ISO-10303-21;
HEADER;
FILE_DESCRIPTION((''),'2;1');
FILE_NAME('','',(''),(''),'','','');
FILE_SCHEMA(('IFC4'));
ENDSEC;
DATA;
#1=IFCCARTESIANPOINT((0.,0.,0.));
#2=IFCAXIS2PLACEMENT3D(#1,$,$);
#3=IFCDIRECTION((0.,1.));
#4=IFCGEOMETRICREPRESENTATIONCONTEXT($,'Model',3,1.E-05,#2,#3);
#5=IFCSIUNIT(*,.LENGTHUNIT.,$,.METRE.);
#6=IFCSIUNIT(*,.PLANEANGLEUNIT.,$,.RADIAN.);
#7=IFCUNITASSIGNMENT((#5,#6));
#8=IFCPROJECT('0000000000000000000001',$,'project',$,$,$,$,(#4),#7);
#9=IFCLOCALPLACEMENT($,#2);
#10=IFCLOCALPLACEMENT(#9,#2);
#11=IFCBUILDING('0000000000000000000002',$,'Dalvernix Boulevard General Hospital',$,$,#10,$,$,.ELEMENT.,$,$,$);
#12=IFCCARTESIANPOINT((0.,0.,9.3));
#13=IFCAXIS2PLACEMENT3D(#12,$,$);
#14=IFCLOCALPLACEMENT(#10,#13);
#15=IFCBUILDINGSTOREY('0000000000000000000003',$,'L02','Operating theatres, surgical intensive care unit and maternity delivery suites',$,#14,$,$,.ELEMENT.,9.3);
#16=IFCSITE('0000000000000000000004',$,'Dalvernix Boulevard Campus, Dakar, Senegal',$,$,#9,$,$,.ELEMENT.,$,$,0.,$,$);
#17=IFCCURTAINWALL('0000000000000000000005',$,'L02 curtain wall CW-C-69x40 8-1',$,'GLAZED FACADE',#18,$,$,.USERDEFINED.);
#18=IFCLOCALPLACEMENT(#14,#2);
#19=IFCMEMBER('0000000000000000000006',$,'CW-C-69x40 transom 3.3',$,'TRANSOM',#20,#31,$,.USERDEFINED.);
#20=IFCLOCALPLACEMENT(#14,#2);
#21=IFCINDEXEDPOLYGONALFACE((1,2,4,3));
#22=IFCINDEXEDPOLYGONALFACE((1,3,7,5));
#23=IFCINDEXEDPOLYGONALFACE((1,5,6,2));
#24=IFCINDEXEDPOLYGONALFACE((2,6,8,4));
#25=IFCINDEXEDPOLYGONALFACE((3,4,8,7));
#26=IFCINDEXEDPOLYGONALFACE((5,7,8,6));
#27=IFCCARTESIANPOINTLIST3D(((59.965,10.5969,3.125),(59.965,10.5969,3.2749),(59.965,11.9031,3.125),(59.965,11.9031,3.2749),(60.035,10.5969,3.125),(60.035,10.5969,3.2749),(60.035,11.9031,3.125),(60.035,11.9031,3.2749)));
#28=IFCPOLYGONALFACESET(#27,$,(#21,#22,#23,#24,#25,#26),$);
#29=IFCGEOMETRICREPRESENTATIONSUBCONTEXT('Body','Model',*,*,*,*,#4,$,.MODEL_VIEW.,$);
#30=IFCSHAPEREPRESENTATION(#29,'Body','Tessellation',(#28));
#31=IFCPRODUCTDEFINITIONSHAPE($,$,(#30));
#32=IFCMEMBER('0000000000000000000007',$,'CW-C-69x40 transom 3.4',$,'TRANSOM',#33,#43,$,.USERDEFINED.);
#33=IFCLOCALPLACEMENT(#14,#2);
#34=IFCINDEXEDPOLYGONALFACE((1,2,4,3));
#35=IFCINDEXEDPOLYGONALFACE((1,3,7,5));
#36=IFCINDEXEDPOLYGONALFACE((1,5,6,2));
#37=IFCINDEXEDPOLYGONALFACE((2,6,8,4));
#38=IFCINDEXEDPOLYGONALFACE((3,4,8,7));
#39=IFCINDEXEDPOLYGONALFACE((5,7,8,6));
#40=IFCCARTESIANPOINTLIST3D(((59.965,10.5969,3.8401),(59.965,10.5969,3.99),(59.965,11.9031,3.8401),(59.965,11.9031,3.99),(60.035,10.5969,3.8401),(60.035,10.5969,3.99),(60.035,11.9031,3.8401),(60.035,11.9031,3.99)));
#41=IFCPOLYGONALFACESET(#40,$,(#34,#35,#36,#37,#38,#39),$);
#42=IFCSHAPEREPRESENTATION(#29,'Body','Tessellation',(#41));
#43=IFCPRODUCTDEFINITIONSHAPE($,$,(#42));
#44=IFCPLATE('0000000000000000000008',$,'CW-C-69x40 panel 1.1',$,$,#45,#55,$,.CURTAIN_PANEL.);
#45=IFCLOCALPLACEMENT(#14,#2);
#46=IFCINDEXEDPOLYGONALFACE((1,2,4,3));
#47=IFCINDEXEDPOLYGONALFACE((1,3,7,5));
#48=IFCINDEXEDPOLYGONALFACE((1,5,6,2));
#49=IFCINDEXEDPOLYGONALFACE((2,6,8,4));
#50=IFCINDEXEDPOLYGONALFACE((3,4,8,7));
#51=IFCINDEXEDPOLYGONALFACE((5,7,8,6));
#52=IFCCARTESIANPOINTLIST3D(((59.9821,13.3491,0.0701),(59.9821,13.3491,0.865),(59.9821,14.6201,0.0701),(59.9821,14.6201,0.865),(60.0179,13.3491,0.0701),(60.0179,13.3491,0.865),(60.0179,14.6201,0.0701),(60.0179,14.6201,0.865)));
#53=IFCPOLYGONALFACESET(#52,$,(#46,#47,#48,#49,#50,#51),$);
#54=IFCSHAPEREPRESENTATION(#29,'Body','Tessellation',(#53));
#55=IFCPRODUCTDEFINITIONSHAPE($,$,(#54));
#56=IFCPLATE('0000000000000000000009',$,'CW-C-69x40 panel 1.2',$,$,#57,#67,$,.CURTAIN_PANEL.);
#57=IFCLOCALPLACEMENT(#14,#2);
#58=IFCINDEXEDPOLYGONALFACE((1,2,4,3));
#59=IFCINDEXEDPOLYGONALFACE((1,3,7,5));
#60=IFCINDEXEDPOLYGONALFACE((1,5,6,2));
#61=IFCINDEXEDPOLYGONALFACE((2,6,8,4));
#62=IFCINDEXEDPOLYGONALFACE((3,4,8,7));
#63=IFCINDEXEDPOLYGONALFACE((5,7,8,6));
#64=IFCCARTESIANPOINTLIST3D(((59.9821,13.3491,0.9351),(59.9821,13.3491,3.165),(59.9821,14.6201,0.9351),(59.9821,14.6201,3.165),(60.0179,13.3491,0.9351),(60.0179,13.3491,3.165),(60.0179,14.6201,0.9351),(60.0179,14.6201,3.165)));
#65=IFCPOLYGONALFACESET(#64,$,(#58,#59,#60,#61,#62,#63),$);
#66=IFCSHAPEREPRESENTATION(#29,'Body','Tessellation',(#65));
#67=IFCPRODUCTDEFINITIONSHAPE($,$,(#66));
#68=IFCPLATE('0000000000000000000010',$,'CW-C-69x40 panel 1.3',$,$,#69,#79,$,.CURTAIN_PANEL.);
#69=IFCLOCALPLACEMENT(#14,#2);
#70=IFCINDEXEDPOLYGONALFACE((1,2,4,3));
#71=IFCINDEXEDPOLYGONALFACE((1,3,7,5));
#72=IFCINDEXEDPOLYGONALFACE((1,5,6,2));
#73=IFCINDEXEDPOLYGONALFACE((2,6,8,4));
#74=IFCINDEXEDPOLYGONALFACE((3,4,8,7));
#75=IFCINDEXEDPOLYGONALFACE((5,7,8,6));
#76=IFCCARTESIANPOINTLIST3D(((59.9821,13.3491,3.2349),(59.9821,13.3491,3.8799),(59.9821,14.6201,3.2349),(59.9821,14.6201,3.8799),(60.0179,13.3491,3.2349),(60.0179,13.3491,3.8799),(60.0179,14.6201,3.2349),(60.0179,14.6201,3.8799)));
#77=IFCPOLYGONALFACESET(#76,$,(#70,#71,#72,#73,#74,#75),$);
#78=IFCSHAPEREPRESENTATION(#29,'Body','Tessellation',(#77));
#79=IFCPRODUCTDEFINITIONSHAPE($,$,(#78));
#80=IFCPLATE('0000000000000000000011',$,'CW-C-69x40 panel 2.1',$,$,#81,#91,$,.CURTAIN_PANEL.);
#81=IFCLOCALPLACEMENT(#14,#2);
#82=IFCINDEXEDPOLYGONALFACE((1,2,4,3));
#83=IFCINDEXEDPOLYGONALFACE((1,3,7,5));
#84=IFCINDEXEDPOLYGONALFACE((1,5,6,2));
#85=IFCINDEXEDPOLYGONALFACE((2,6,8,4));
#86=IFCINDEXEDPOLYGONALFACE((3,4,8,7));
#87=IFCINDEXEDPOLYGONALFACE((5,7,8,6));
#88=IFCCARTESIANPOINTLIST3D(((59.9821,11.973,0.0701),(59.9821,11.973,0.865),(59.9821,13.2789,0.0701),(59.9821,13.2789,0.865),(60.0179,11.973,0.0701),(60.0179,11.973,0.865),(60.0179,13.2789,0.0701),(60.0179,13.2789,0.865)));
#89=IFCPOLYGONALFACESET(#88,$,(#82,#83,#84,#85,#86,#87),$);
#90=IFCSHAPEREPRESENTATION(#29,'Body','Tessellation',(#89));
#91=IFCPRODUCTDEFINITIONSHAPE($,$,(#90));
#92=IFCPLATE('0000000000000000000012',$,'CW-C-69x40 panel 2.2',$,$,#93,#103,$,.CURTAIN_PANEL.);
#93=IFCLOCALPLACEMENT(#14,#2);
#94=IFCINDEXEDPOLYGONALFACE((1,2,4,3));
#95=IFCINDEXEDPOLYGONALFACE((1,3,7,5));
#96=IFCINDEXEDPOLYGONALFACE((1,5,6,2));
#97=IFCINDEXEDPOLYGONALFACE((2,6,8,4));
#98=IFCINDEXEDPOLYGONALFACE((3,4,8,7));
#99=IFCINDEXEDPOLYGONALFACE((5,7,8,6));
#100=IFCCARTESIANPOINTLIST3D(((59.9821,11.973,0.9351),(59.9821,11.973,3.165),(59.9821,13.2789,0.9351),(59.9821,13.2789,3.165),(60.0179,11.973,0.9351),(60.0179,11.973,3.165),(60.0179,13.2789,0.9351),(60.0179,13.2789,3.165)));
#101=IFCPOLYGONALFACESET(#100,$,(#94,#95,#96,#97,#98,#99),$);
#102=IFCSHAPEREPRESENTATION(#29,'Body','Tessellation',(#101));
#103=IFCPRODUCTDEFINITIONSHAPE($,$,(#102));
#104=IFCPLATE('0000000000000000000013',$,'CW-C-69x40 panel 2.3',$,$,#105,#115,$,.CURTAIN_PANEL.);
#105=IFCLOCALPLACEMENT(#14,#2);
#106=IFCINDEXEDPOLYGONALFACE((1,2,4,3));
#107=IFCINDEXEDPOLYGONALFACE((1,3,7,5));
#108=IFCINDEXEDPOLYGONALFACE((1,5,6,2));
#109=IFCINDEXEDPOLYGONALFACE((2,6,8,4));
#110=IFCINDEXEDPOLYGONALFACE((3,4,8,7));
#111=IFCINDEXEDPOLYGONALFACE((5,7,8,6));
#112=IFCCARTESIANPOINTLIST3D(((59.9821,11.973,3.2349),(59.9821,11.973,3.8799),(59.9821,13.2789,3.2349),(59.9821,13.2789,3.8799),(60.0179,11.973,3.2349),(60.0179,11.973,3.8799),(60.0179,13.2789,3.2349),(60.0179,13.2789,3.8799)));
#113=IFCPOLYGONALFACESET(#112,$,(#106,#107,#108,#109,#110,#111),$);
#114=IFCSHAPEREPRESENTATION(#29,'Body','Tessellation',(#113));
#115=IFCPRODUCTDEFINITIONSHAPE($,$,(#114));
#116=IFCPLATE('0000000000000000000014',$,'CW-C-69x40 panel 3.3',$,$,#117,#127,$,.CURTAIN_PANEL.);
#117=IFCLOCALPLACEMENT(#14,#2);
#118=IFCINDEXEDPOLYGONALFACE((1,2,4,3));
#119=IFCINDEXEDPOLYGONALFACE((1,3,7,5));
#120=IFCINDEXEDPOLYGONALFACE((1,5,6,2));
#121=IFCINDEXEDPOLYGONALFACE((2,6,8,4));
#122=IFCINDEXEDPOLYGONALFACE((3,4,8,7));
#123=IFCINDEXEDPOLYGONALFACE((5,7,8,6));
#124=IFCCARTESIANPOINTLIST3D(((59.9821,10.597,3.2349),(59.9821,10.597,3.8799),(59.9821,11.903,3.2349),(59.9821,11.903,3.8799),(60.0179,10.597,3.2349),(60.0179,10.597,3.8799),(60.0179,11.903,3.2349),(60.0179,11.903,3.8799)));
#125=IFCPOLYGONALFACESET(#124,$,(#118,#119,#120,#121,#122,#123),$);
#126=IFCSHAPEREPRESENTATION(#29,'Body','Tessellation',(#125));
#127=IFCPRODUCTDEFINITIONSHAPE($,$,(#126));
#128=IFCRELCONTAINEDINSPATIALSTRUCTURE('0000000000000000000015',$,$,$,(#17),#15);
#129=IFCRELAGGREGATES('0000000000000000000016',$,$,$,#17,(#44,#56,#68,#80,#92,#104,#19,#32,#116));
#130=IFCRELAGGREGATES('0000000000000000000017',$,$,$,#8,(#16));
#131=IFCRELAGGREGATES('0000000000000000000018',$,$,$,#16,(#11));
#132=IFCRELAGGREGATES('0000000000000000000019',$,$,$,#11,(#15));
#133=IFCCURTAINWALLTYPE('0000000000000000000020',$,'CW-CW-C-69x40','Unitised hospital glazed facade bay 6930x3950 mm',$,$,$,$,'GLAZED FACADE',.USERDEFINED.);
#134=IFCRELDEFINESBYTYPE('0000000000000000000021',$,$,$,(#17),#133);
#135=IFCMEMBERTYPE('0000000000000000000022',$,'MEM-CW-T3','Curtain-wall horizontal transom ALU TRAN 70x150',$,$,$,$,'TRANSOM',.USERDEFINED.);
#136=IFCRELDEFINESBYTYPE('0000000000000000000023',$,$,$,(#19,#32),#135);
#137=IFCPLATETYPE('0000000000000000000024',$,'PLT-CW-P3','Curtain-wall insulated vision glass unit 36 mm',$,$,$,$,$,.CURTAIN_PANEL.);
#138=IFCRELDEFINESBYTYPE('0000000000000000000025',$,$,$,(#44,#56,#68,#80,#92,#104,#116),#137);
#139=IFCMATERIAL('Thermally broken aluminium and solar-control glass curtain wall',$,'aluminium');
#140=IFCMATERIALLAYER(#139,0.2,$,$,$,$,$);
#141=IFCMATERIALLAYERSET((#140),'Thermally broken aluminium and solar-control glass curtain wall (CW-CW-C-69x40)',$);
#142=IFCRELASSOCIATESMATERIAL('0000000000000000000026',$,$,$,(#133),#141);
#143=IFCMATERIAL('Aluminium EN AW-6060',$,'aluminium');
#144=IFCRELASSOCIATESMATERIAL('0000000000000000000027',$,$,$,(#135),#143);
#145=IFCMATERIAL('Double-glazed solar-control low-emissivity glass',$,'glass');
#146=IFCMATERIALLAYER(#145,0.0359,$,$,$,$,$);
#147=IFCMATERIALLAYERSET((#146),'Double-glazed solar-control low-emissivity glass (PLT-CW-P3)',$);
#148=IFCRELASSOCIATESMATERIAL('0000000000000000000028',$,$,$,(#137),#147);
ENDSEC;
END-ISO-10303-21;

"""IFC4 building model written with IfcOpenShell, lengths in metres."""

from ifc_helpers import new_model, si_unit, direction, frame, origin, origin_2d, place, context, subcontext, project, spatial, rectangle, extrude, material, layer, layer_set, material_profile, profile_set, type_object, element, aggregate, save


model = new_model("IFC4")

# Units and contexts
model_context = context("Model", 3, precision=1e-05, world=origin(), true_north=direction((0.0, 1.0)))
body_context = subcontext(model_context, "Body", "Model", "MODEL_VIEW")
ifc_project = project(units=[si_unit("LENGTHUNIT", "METRE"), si_unit("PLANEANGLEUNIT", "RADIAN")], contexts=[model_context])

# Site, building, storey
site_placement = place(None, origin())
site = spatial("IfcSite", under=ifc_project, at=site_placement, Name="Dalvernix Boulevard Campus, Dakar, Senegal", CompositionType="ELEMENT", RefElevation=0.0)
building_placement = place(site_placement, origin())
building = spatial("IfcBuilding", under=site, at=building_placement, Name="Dalvernix Boulevard General Hospital", CompositionType="ELEMENT")
storey_placement = place(building_placement, frame((0.0, 0.0, 9.3)))
storey = spatial("IfcBuildingStorey", under=building, at=storey_placement, Name="L02", Description="Operating theatres, surgical intensive care unit and maternity delivery suites", CompositionType="ELEMENT", Elevation=9.3)

# Curtain wall, members, plates
ifc_material_1 = material(Name="Thermally broken aluminium and solar-control glass curtain wall", Category="aluminium")
ifc_layer_1 = layer(ifc_material_1, 0.2)
ifc_layer_set_1 = layer_set([ifc_layer_1], Name="Thermally broken aluminium and solar-control glass curtain wall (CW-CW-C-69x40)")
curtain_wall_type = type_object("IfcCurtainWallType", Name="CW-CW-C-69x40", Description="Unitised hospital glazed facade bay 6930x3950 mm", ElementType="GLAZED FACADE", PredefinedType="USERDEFINED", material=ifc_layer_set_1)
curtain_wall_placement = place(storey_placement, origin())
curtain_wall = element("IfcCurtainWall", 1, at=curtain_wall_placement, inside=storey, type_object=curtain_wall_type, Name="L02 curtain wall CW-C-69x40 8-1", ObjectType="GLAZED FACADE", PredefinedType="USERDEFINED")
ifc_material_2 = material(Name="Aluminium EN AW-6060", Category="aluminium")
ifc_material_profile_1 = material_profile(ifc_material_2, rectangle(XDim=0.0701, YDim=0.1499, at=origin_2d()), Name="ALU TRAN 70x150")
ifc_profile_set_1 = profile_set([ifc_material_profile_1], Name="Aluminium EN AW-6060")
member_type_1 = type_object("IfcMemberType", Name="MEM-CW-T3", Description="Curtain-wall horizontal transom ALU TRAN 70x150", ElementType="TRANSOM", PredefinedType="USERDEFINED", material=ifc_profile_set_1)
member_1_placement = place(storey_placement, frame((60.0, 11.9031, 3.2), z_axis=(0.0, -1.0, 0.0), x_axis=(1.0, 0.0, 0.0)))
member_1 = element("IfcMember", 2, at=member_1_placement, type_object=member_type_1, Name="CW-C-69x40 transom 3.3", ObjectType="TRANSOM", PredefinedType="USERDEFINED", context=body_context, shape_type="SweptSolid", body=[
    extrude(rectangle(XDim=0.0701, YDim=0.1499, at=origin_2d()), origin(), (0.0, 0.0, 1.0), 1.3062),
])
member_2_placement = place(storey_placement, frame((60.0, 11.9031, 3.915), z_axis=(0.0, -1.0, 0.0), x_axis=(1.0, 0.0, 0.0)))
member_2 = element("IfcMember", 3, at=member_2_placement, type_object=member_type_1, Name="CW-C-69x40 transom 3.4", ObjectType="TRANSOM", PredefinedType="USERDEFINED", context=body_context, shape_type="SweptSolid", body=[
    extrude(rectangle(XDim=0.0701, YDim=0.1499, at=origin_2d()), origin(), (0.0, 0.0, 1.0), 1.3062),
])
ifc_material_3 = material(Name="Double-glazed solar-control low-emissivity glass", Category="glass")
ifc_layer_2 = layer(ifc_material_3, 0.0359)
ifc_layer_set_2 = layer_set([ifc_layer_2], Name="Double-glazed solar-control low-emissivity glass (PLT-CW-P3)")
plate_type = type_object("IfcPlateType", Name="PLT-CW-P3", Description="Curtain-wall insulated vision glass unit 36 mm", PredefinedType="CURTAIN_PANEL", material=ifc_layer_set_2)
plate_1_placement = place(storey_placement, frame((60.0, 13.9846, 0.0701), z_axis=(0.0, 0.0, 1.0), x_axis=(0.0, -1.0, 0.0)))
plate_1 = element("IfcPlate", 4, at=plate_1_placement, type_object=plate_type, Name="CW-C-69x40 panel 1.1", PredefinedType="CURTAIN_PANEL", context=body_context, shape_type="SweptSolid", body=[
    extrude(rectangle(XDim=1.271, YDim=0.0359, at=origin_2d()), origin(), (0.0, 0.0, 1.0), 0.7949),
])
plate_2_placement = place(storey_placement, frame((60.0, 13.9846, 0.9351), z_axis=(0.0, 0.0, 1.0), x_axis=(0.0, -1.0, 0.0)))
plate_2 = element("IfcPlate", 5, at=plate_2_placement, type_object=plate_type, Name="CW-C-69x40 panel 1.2", PredefinedType="CURTAIN_PANEL", context=body_context, shape_type="SweptSolid", body=[
    extrude(rectangle(XDim=1.271, YDim=0.0359, at=origin_2d()), origin(), (0.0, 0.0, 1.0), 2.23),
])
plate_3_placement = place(storey_placement, frame((60.0, 13.9846, 3.2349), z_axis=(0.0, 0.0, 1.0), x_axis=(0.0, -1.0, 0.0)))
plate_3 = element("IfcPlate", 6, at=plate_3_placement, type_object=plate_type, Name="CW-C-69x40 panel 1.3", PredefinedType="CURTAIN_PANEL", context=body_context, shape_type="SweptSolid", body=[
    extrude(rectangle(XDim=1.271, YDim=0.0359, at=origin_2d()), origin(), (0.0, 0.0, 1.0), 0.645),
])
plate_4_placement = place(storey_placement, frame((60.0, 12.626, 0.0701), z_axis=(0.0, 0.0, 1.0), x_axis=(0.0, -1.0, 0.0)))
plate_4 = element("IfcPlate", 7, at=plate_4_placement, type_object=plate_type, Name="CW-C-69x40 panel 2.1", PredefinedType="CURTAIN_PANEL", context=body_context, shape_type="SweptSolid", body=[
    extrude(rectangle(XDim=1.3059, YDim=0.0359, at=origin_2d()), origin(), (0.0, 0.0, 1.0), 0.7949),
])
plate_5_placement = place(storey_placement, frame((60.0, 12.626, 0.9351), z_axis=(0.0, 0.0, 1.0), x_axis=(0.0, -1.0, 0.0)))
plate_5 = element("IfcPlate", 8, at=plate_5_placement, type_object=plate_type, Name="CW-C-69x40 panel 2.2", PredefinedType="CURTAIN_PANEL", context=body_context, shape_type="SweptSolid", body=[
    extrude(rectangle(XDim=1.3059, YDim=0.0359, at=origin_2d()), origin(), (0.0, 0.0, 1.0), 2.23),
])
plate_6_placement = place(storey_placement, frame((60.0, 12.626, 3.2349), z_axis=(0.0, 0.0, 1.0), x_axis=(0.0, -1.0, 0.0)))
plate_6 = element("IfcPlate", 9, at=plate_6_placement, type_object=plate_type, Name="CW-C-69x40 panel 2.3", PredefinedType="CURTAIN_PANEL", context=body_context, shape_type="SweptSolid", body=[
    extrude(rectangle(XDim=1.3059, YDim=0.0359, at=origin_2d()), origin(), (0.0, 0.0, 1.0), 0.645),
])
plate_7_placement = place(storey_placement, frame((60.0, 11.25, 3.2349), z_axis=(0.0, 0.0, 1.0), x_axis=(0.0, -1.0, 0.0)))
plate_7 = element("IfcPlate", 10, at=plate_7_placement, type_object=plate_type, Name="CW-C-69x40 panel 3.3", PredefinedType="CURTAIN_PANEL", context=body_context, shape_type="SweptSolid", body=[
    extrude(rectangle(XDim=1.3059, YDim=0.0359, at=origin_2d()), origin(), (0.0, 0.0, 1.0), 0.645),
])
aggregate(curtain_wall, [plate_1, plate_2, plate_3, plate_4, plate_5, plate_6, member_1, member_2, plate_7])

save(model, "model.ifc")
